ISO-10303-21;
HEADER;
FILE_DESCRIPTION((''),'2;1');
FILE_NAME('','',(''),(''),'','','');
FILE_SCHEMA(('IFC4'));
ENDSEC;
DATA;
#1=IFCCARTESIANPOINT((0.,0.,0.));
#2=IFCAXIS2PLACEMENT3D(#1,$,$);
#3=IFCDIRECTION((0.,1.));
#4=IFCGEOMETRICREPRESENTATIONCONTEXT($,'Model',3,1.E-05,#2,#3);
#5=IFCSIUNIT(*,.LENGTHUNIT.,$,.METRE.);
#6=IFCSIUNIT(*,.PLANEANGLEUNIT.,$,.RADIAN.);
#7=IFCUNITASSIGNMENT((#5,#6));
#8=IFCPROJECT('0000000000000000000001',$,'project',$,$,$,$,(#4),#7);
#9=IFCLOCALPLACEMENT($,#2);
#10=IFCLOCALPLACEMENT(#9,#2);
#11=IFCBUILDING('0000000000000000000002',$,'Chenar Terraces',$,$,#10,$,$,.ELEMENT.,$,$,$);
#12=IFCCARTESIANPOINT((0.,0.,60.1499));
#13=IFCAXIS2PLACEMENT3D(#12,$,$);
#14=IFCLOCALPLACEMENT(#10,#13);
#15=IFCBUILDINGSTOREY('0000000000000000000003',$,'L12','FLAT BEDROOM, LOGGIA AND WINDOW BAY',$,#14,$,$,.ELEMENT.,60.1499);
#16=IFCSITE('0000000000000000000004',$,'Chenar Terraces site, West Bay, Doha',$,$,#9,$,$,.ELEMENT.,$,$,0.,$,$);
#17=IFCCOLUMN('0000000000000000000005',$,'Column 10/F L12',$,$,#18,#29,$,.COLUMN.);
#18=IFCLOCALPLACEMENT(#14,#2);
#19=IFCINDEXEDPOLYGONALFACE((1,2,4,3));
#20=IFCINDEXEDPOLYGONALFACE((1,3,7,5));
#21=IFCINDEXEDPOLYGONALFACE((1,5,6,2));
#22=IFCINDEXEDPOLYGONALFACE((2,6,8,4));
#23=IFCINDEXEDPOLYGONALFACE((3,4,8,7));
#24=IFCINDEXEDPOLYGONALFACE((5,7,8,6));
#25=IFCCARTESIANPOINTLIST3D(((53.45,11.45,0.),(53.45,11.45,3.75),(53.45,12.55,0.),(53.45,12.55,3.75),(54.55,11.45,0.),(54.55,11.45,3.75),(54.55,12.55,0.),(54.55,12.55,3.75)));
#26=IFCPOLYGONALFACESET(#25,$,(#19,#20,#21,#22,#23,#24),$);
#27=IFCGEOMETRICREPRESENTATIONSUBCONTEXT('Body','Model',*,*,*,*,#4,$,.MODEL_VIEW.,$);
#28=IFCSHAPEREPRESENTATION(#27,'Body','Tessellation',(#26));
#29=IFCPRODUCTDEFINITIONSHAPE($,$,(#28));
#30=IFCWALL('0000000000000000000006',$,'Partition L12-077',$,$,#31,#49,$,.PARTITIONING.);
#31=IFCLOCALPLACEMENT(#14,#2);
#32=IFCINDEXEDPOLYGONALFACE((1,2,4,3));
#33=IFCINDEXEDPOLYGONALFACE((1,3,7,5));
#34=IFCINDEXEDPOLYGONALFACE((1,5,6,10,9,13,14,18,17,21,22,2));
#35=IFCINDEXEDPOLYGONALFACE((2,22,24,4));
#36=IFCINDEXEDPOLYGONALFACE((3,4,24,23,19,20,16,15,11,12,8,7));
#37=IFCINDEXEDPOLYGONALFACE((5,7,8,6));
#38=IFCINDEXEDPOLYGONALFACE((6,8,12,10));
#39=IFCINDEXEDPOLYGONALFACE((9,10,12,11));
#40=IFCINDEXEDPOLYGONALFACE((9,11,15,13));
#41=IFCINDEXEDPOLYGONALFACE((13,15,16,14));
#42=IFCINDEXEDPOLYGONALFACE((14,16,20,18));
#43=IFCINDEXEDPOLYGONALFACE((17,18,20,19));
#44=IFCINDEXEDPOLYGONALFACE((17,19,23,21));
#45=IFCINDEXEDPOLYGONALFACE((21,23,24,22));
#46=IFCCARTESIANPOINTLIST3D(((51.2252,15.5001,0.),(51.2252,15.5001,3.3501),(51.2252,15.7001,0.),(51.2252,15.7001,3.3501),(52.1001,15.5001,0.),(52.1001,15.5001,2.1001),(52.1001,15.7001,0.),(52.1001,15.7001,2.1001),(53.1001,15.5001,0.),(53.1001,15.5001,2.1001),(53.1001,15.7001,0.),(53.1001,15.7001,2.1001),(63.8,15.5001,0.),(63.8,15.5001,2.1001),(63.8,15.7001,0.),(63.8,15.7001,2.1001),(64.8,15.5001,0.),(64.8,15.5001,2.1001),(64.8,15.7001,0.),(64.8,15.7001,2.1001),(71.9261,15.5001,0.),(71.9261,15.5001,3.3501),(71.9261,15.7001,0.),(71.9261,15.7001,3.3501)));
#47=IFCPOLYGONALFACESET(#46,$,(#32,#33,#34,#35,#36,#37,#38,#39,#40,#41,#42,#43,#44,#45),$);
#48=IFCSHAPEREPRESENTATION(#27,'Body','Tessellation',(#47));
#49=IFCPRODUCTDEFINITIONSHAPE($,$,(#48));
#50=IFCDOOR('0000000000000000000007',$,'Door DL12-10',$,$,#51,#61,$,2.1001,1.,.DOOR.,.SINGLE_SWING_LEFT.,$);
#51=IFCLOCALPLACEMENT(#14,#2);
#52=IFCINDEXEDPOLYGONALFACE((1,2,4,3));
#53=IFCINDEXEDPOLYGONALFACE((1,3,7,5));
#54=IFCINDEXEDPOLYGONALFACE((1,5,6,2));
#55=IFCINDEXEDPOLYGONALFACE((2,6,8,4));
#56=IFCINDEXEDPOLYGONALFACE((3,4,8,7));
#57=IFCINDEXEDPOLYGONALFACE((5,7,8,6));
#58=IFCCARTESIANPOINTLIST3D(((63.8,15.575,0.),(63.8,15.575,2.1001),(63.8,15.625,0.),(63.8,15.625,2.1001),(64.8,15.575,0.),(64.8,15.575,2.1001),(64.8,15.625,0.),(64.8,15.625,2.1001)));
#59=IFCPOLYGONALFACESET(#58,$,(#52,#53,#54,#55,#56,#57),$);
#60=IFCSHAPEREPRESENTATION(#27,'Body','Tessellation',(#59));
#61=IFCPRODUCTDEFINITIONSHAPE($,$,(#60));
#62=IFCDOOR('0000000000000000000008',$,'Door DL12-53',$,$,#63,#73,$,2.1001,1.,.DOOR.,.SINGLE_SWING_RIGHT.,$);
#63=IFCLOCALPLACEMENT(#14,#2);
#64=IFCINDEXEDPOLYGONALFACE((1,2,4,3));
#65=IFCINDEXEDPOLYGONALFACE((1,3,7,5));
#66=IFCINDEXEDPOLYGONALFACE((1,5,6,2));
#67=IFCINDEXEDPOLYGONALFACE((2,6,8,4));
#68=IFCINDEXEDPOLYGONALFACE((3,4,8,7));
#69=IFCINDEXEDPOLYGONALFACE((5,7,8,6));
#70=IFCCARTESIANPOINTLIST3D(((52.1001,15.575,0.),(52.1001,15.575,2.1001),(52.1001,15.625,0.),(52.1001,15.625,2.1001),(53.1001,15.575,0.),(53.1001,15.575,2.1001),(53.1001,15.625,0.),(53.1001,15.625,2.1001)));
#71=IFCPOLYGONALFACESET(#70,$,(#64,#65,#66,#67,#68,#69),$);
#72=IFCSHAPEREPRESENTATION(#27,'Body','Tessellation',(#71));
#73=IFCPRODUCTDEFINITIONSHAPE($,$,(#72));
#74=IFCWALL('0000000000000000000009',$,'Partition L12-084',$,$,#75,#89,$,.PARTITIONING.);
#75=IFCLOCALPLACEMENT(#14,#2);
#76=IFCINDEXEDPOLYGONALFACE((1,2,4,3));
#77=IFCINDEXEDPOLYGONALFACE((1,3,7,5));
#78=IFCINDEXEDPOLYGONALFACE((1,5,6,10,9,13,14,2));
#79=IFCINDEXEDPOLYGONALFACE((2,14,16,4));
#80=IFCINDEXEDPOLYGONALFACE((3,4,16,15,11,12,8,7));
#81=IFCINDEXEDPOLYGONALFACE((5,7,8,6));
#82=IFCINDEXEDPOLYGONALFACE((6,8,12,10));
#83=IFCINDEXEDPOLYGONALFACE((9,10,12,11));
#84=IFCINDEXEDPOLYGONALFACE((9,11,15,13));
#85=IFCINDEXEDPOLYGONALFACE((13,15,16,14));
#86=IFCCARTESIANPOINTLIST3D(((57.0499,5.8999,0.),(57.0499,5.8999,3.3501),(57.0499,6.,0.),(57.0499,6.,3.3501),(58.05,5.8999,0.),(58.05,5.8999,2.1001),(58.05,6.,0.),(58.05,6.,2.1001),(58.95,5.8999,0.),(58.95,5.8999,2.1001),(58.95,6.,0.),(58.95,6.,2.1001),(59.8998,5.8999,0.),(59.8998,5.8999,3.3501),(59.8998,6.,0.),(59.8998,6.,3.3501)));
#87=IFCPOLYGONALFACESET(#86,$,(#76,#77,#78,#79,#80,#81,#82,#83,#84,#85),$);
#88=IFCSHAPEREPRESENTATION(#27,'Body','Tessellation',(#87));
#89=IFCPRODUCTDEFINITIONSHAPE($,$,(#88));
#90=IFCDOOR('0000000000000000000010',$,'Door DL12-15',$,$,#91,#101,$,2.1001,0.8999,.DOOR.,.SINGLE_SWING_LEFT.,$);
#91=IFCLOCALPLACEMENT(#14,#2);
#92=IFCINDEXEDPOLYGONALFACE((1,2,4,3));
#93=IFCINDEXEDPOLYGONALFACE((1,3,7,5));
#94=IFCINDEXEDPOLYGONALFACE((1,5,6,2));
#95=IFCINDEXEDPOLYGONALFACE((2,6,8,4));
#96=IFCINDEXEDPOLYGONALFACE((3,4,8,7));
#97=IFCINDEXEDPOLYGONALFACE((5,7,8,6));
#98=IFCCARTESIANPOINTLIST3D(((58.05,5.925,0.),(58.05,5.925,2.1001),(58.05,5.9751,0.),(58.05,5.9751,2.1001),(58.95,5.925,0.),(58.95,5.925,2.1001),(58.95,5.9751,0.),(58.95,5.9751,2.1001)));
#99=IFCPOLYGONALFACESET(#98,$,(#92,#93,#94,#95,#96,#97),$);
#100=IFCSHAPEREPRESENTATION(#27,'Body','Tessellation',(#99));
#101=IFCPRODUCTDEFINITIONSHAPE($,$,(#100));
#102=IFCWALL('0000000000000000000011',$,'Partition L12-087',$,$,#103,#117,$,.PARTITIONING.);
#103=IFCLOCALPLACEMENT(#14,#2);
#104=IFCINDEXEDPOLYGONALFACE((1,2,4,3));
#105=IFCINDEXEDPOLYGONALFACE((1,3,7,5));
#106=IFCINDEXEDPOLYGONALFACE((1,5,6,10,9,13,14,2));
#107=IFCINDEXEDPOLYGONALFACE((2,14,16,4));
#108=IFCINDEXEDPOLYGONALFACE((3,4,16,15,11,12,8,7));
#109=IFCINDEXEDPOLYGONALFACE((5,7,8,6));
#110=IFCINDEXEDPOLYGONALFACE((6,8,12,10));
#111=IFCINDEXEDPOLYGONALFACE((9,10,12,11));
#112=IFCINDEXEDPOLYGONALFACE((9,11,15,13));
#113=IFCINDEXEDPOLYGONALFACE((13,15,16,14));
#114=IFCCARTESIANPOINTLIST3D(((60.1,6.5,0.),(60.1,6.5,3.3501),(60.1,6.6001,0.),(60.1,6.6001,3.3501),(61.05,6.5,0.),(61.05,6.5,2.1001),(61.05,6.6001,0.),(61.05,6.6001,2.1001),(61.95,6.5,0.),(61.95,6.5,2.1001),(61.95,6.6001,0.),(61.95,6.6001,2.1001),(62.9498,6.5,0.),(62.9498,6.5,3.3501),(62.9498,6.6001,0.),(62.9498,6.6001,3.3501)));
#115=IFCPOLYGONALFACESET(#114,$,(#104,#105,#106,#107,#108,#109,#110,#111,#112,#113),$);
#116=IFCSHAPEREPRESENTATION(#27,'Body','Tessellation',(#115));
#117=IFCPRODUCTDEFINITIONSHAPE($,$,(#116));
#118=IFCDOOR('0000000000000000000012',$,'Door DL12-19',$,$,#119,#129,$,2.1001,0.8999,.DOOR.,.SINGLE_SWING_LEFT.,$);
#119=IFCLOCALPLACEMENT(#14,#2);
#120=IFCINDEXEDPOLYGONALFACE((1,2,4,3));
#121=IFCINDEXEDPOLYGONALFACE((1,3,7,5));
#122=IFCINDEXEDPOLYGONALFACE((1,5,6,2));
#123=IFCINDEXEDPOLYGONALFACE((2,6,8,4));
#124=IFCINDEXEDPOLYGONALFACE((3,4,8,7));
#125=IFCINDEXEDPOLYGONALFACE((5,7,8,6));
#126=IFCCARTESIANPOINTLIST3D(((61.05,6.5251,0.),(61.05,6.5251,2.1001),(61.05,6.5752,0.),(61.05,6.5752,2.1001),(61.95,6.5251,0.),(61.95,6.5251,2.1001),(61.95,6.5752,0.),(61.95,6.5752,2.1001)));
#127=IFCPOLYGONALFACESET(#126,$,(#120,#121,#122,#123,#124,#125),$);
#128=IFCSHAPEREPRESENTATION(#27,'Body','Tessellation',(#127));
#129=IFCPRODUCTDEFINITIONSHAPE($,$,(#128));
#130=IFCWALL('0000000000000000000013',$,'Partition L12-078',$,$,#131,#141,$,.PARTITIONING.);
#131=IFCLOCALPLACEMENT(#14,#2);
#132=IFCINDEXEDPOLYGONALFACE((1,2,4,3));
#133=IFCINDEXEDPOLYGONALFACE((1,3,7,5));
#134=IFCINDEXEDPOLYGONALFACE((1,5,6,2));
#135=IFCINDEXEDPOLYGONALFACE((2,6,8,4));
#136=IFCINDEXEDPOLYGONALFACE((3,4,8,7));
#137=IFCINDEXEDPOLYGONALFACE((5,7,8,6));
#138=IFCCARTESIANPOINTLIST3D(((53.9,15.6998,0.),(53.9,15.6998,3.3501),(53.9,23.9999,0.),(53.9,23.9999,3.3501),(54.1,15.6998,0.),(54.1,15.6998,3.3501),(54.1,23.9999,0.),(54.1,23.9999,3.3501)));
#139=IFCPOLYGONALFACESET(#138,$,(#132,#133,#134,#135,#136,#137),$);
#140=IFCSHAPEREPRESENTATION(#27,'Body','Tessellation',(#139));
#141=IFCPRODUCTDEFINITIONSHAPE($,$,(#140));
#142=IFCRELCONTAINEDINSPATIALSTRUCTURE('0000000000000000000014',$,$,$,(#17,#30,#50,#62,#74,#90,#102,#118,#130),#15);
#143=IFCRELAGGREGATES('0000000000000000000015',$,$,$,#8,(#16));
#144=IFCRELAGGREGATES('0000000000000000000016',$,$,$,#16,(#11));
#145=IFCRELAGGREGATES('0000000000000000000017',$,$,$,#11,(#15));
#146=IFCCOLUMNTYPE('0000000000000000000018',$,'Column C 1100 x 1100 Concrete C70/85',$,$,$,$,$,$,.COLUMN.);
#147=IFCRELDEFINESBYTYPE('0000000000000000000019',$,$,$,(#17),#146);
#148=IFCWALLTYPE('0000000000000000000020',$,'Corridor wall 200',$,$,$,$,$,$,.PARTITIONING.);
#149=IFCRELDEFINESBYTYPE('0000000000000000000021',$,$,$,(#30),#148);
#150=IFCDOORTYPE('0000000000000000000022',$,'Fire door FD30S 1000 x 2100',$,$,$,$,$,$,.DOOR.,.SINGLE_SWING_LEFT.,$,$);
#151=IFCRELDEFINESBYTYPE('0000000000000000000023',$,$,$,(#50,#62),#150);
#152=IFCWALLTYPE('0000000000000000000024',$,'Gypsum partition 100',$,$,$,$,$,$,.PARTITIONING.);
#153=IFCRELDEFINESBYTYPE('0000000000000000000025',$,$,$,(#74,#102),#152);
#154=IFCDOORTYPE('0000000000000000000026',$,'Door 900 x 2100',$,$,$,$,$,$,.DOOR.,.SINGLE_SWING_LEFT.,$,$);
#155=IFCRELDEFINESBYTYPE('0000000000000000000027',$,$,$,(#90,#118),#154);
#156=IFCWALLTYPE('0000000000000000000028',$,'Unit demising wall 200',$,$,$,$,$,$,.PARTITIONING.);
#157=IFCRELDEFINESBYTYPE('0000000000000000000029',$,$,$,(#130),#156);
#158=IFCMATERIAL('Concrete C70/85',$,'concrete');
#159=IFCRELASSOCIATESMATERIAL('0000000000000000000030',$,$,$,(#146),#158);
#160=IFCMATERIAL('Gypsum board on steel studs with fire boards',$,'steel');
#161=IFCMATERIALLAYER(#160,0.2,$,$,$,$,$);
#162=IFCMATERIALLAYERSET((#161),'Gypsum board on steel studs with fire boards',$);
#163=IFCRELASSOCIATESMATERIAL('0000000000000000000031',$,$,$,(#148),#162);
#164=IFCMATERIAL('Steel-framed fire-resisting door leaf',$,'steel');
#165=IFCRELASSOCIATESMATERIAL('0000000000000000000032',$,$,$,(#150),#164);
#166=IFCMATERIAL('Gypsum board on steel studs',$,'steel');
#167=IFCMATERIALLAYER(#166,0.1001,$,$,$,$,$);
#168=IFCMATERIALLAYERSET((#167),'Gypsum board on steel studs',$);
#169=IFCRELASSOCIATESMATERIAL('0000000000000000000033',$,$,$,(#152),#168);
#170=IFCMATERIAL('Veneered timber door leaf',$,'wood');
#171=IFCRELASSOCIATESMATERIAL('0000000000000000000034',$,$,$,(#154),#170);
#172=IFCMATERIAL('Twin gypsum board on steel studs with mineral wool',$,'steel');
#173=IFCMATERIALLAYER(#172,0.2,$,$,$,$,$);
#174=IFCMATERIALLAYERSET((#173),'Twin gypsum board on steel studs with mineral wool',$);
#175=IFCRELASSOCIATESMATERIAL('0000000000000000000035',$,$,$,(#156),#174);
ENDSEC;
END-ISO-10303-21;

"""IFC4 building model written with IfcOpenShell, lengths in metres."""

from ifc_helpers import new_model, si_unit, direction, frame, frame_2d, origin, origin_2d, place, context, subcontext, project, spatial, rectangle, extrude, material, layer, layer_set, material_profile, profile_set, type_object, element, fill, save


model = new_model("IFC4")

# Units and contexts
model_context = context("Model", 3, precision=1e-05, world=origin(), true_north=direction((0.0, 1.0)))
body_context = subcontext(model_context, "Body", "Model", "MODEL_VIEW")
ifc_project = project(units=[si_unit("LENGTHUNIT", "METRE"), si_unit("PLANEANGLEUNIT", "RADIAN")], contexts=[model_context])

# Site, building, storey
site_placement = place(None, origin())
site = spatial("IfcSite", under=ifc_project, at=site_placement, Name="Chenar Terraces site, West Bay, Doha", CompositionType="ELEMENT", RefElevation=0.0)
building_placement = place(site_placement, origin())
building = spatial("IfcBuilding", under=site, at=building_placement, Name="Chenar Terraces", CompositionType="ELEMENT")
storey_placement = place(building_placement, frame((0.0, 0.0, 60.1499)))
storey = spatial("IfcBuildingStorey", under=building, at=storey_placement, Name="L12", Description="FLAT BEDROOM, LOGGIA AND WINDOW BAY", CompositionType="ELEMENT", Elevation=60.1499)

# Column
ifc_material_1 = material(Name="Concrete C70/85", Category="concrete")
ifc_material_profile = material_profile(ifc_material_1, rectangle(XDim=1.1001, YDim=1.1001, at=origin_2d()), Name="C 1100 x 1100")
ifc_profile_set = profile_set([ifc_material_profile], Name="Concrete C70/85")
column_type = type_object("IfcColumnType", Name="Column C 1100 x 1100 Concrete C70/85", PredefinedType="COLUMN", material=ifc_profile_set)
column_placement = place(storey_placement, frame((54.0, 12.0, 0.0), z_axis=(0.0, 0.0, 1.0), x_axis=(1.0, 0.0, 0.0)))
element("IfcColumn", 1, at=column_placement, inside=storey, type_object=column_type, Name="Column 10/F L12", PredefinedType="COLUMN", context=body_context, shape_type="SweptSolid", body=[
    extrude(rectangle(XDim=1.1001, YDim=1.1001, at=origin_2d()), origin(), (0.0, 0.0, 1.0), 3.75),
])

# Wall, openings, doors
ifc_material_2 = material(Name="Gypsum board on steel studs with fire boards", Category="steel")
ifc_layer_1 = layer(ifc_material_2, 0.2)
ifc_layer_set_1 = layer_set([ifc_layer_1], Name="Gypsum board on steel studs with fire boards")
wall_type_1 = type_object("IfcWallType", Name="Corridor wall 200", PredefinedType="PARTITIONING", material=ifc_layer_set_1)
wall_1_placement = place(storey_placement, frame((51.2251, 15.6001, 0.0), z_axis=(0.0, 0.0, 1.0), x_axis=(1.0, 0.0, 0.0)))
wall_1 = element("IfcWall", 2, at=wall_1_placement, inside=storey, type_object=wall_type_1, Name="Partition L12-077", PredefinedType="PARTITIONING", context=body_context, shape_type="SweptSolid", body=[
    extrude(rectangle(XDim=20.7009, YDim=0.2, at=frame_2d((10.3506, 0.0))), origin(), (0.0, 0.0, 1.0), 3.3501),
])
opening_1_placement = place(wall_1_placement, frame((12.575, 0.0, 0.0)))
opening_1 = element("IfcOpeningElement", 3, at=opening_1_placement, cuts=wall_1, PredefinedType="OPENING", context=body_context, shape_type="SweptSolid", body=[
    extrude(rectangle(XDim=1.0, YDim=2.1001, at=frame_2d((0.5, 1.05))), frame((0.0, 0.1099, 0.0), z_axis=(0.0, -1.0, 0.0), x_axis=(1.0, 0.0, 0.0)), (0.0, 0.0, 1.0), 0.22),
])
opening_2_placement = place(wall_1_placement, frame((0.875, 0.0, 0.0)))
opening_2 = element("IfcOpeningElement", 4, at=opening_2_placement, cuts=wall_1, PredefinedType="OPENING", context=body_context, shape_type="SweptSolid", body=[
    extrude(rectangle(XDim=1.0, YDim=2.1001, at=frame_2d((0.5, 1.05))), frame((0.0, 0.1099, 0.0), z_axis=(0.0, -1.0, 0.0), x_axis=(1.0, 0.0, 0.0)), (0.0, 0.0, 1.0), 0.22),
])
ifc_material_3 = material(Name="Steel-framed fire-resisting door leaf", Category="steel")
door_type_1 = type_object("IfcDoorType", Name="Fire door FD30S 1000 x 2100", OperationType="SINGLE_SWING_LEFT", PredefinedType="DOOR", material=ifc_material_3)
door_1_placement = place(opening_1_placement, origin())
door_1 = element("IfcDoor", 5, at=door_1_placement, inside=storey, type_object=door_type_1, Name="Door DL12-10", OperationType="SINGLE_SWING_LEFT", OverallHeight=2.1001, OverallWidth=1.0, PredefinedType="DOOR", context=body_context, shape_type="SweptSolid", body=[
    extrude(rectangle(XDim=1.0, YDim=2.1001, at=frame_2d((0.5, 1.05))), frame((0.0, 0.0249, 0.0), z_axis=(0.0, -1.0, 0.0), x_axis=(1.0, 0.0, 0.0)), (0.0, 0.0, 1.0), 0.05),
])
fill(opening_1, door_1)
door_2_placement = place(opening_2_placement, origin())
door_2 = element("IfcDoor", 6, at=door_2_placement, inside=storey, type_object=door_type_1, Name="Door DL12-53", OperationType="SINGLE_SWING_RIGHT", OverallHeight=2.1001, OverallWidth=1.0, PredefinedType="DOOR", context=body_context, shape_type="SweptSolid", body=[
    extrude(rectangle(XDim=1.0, YDim=2.1001, at=frame_2d((0.5, 1.05))), frame((0.0, 0.0249, 0.0), z_axis=(0.0, -1.0, 0.0), x_axis=(1.0, 0.0, 0.0)), (0.0, 0.0, 1.0), 0.05),
])
fill(opening_2, door_2)

# Walls, openings, doors
ifc_material_4 = material(Name="Gypsum board on steel studs", Category="steel")
ifc_layer_2 = layer(ifc_material_4, 0.1001)
ifc_layer_set_2 = layer_set([ifc_layer_2], Name="Gypsum board on steel studs")
wall_type_2 = type_object("IfcWallType", Name="Gypsum partition 100", PredefinedType="PARTITIONING", material=ifc_layer_set_2)
wall_2_placement = place(storey_placement, frame((57.05, 5.95, 0.0), z_axis=(0.0, 0.0, 1.0), x_axis=(1.0, 0.0, 0.0)))
wall_2 = element("IfcWall", 7, at=wall_2_placement, inside=storey, type_object=wall_type_2, Name="Partition L12-084", PredefinedType="PARTITIONING", context=body_context, shape_type="SweptSolid", body=[
    extrude(rectangle(XDim=2.8499, YDim=0.1001, at=frame_2d((1.4248, 0.0))), origin(), (0.0, 0.0, 1.0), 3.3501),
])
opening_3_placement = place(wall_2_placement, frame((1.0, 0.0, 0.0)))
opening_3 = element("IfcOpeningElement", 8, at=opening_3_placement, cuts=wall_2, PredefinedType="OPENING", context=body_context, shape_type="SweptSolid", body=[
    extrude(rectangle(XDim=0.8999, YDim=2.1001, at=frame_2d((0.45, 1.05))), frame((0.0, 0.0601, 0.0), z_axis=(0.0, -1.0, 0.0), x_axis=(1.0, 0.0, 0.0)), (0.0, 0.0, 1.0), 0.1201),
])
ifc_material_5 = material(Name="Veneered timber door leaf", Category="wood")
door_type_2 = type_object("IfcDoorType", Name="Door 900 x 2100", OperationType="SINGLE_SWING_LEFT", PredefinedType="DOOR", material=ifc_material_5)
door_3_placement = place(opening_3_placement, frame((0.8999, 0.0, 0.0), z_axis=(0.0, 0.0, 1.0), x_axis=(-1.0, 0.0, 0.0)))
door_3 = element("IfcDoor", 9, at=door_3_placement, inside=storey, type_object=door_type_2, Name="Door DL12-15", OperationType="SINGLE_SWING_LEFT", OverallHeight=2.1001, OverallWidth=0.8999, PredefinedType="DOOR", context=body_context, shape_type="SweptSolid", body=[
    extrude(rectangle(XDim=0.8999, YDim=2.1001, at=frame_2d((0.45, 1.05))), frame((0.0, 0.0249, 0.0), z_axis=(0.0, -1.0, 0.0), x_axis=(1.0, 0.0, 0.0)), (0.0, 0.0, 1.0), 0.05),
])
fill(opening_3, door_3)
wall_3_placement = place(storey_placement, frame((60.1001, 6.55, 0.0), z_axis=(0.0, 0.0, 1.0), x_axis=(1.0, 0.0, 0.0)))
wall_3 = element("IfcWall", 10, at=wall_3_placement, inside=storey, type_object=wall_type_2, Name="Partition L12-087", PredefinedType="PARTITIONING", context=body_context, shape_type="SweptSolid", body=[
    extrude(rectangle(XDim=2.8499, YDim=0.1001, at=frame_2d((1.4248, 0.0))), origin(), (0.0, 0.0, 1.0), 3.3501),
])
opening_4_placement = place(wall_3_placement, frame((0.95, 0.0, 0.0)))
opening_4 = element("IfcOpeningElement", 11, at=opening_4_placement, cuts=wall_3, PredefinedType="OPENING", context=body_context, shape_type="SweptSolid", body=[
    extrude(rectangle(XDim=0.8999, YDim=2.1001, at=frame_2d((0.45, 1.05))), frame((0.0, 0.0601, 0.0), z_axis=(0.0, -1.0, 0.0), x_axis=(1.0, 0.0, 0.0)), (0.0, 0.0, 1.0), 0.1201),
])
door_4_placement = place(opening_4_placement, frame((0.8999, 0.0, 0.0), z_axis=(0.0, 0.0, 1.0), x_axis=(-1.0, 0.0, 0.0)))
door_4 = element("IfcDoor", 12, at=door_4_placement, inside=storey, type_object=door_type_2, Name="Door DL12-19", OperationType="SINGLE_SWING_LEFT", OverallHeight=2.1001, OverallWidth=0.8999, PredefinedType="DOOR", context=body_context, shape_type="SweptSolid", body=[
    extrude(rectangle(XDim=0.8999, YDim=2.1001, at=frame_2d((0.45, 1.05))), frame((0.0, 0.0249, 0.0), z_axis=(0.0, -1.0, 0.0), x_axis=(1.0, 0.0, 0.0)), (0.0, 0.0, 1.0), 0.05),
])
fill(opening_4, door_4)

# Wall
ifc_material_6 = material(Name="Twin gypsum board on steel studs with mineral wool", Category="steel")
ifc_layer_3 = layer(ifc_material_6, 0.2)
ifc_layer_set_3 = layer_set([ifc_layer_3], Name="Twin gypsum board on steel studs with mineral wool")
wall_type_3 = type_object("IfcWallType", Name="Unit demising wall 200", PredefinedType="PARTITIONING", material=ifc_layer_set_3)
wall_4_placement = place(storey_placement, frame((54.0, 15.7, 0.0), z_axis=(0.0, 0.0, 1.0), x_axis=(0.0, 1.0, 0.0)))
element("IfcWall", 13, at=wall_4_placement, inside=storey, type_object=wall_type_3, Name="Partition L12-078", PredefinedType="PARTITIONING", context=body_context, shape_type="SweptSolid", body=[
    extrude(rectangle(XDim=8.3, YDim=0.2, at=frame_2d((4.1499, 0.0))), origin(), (0.0, 0.0, 1.0), 3.3501),
])

save(model, "model.ifc")
